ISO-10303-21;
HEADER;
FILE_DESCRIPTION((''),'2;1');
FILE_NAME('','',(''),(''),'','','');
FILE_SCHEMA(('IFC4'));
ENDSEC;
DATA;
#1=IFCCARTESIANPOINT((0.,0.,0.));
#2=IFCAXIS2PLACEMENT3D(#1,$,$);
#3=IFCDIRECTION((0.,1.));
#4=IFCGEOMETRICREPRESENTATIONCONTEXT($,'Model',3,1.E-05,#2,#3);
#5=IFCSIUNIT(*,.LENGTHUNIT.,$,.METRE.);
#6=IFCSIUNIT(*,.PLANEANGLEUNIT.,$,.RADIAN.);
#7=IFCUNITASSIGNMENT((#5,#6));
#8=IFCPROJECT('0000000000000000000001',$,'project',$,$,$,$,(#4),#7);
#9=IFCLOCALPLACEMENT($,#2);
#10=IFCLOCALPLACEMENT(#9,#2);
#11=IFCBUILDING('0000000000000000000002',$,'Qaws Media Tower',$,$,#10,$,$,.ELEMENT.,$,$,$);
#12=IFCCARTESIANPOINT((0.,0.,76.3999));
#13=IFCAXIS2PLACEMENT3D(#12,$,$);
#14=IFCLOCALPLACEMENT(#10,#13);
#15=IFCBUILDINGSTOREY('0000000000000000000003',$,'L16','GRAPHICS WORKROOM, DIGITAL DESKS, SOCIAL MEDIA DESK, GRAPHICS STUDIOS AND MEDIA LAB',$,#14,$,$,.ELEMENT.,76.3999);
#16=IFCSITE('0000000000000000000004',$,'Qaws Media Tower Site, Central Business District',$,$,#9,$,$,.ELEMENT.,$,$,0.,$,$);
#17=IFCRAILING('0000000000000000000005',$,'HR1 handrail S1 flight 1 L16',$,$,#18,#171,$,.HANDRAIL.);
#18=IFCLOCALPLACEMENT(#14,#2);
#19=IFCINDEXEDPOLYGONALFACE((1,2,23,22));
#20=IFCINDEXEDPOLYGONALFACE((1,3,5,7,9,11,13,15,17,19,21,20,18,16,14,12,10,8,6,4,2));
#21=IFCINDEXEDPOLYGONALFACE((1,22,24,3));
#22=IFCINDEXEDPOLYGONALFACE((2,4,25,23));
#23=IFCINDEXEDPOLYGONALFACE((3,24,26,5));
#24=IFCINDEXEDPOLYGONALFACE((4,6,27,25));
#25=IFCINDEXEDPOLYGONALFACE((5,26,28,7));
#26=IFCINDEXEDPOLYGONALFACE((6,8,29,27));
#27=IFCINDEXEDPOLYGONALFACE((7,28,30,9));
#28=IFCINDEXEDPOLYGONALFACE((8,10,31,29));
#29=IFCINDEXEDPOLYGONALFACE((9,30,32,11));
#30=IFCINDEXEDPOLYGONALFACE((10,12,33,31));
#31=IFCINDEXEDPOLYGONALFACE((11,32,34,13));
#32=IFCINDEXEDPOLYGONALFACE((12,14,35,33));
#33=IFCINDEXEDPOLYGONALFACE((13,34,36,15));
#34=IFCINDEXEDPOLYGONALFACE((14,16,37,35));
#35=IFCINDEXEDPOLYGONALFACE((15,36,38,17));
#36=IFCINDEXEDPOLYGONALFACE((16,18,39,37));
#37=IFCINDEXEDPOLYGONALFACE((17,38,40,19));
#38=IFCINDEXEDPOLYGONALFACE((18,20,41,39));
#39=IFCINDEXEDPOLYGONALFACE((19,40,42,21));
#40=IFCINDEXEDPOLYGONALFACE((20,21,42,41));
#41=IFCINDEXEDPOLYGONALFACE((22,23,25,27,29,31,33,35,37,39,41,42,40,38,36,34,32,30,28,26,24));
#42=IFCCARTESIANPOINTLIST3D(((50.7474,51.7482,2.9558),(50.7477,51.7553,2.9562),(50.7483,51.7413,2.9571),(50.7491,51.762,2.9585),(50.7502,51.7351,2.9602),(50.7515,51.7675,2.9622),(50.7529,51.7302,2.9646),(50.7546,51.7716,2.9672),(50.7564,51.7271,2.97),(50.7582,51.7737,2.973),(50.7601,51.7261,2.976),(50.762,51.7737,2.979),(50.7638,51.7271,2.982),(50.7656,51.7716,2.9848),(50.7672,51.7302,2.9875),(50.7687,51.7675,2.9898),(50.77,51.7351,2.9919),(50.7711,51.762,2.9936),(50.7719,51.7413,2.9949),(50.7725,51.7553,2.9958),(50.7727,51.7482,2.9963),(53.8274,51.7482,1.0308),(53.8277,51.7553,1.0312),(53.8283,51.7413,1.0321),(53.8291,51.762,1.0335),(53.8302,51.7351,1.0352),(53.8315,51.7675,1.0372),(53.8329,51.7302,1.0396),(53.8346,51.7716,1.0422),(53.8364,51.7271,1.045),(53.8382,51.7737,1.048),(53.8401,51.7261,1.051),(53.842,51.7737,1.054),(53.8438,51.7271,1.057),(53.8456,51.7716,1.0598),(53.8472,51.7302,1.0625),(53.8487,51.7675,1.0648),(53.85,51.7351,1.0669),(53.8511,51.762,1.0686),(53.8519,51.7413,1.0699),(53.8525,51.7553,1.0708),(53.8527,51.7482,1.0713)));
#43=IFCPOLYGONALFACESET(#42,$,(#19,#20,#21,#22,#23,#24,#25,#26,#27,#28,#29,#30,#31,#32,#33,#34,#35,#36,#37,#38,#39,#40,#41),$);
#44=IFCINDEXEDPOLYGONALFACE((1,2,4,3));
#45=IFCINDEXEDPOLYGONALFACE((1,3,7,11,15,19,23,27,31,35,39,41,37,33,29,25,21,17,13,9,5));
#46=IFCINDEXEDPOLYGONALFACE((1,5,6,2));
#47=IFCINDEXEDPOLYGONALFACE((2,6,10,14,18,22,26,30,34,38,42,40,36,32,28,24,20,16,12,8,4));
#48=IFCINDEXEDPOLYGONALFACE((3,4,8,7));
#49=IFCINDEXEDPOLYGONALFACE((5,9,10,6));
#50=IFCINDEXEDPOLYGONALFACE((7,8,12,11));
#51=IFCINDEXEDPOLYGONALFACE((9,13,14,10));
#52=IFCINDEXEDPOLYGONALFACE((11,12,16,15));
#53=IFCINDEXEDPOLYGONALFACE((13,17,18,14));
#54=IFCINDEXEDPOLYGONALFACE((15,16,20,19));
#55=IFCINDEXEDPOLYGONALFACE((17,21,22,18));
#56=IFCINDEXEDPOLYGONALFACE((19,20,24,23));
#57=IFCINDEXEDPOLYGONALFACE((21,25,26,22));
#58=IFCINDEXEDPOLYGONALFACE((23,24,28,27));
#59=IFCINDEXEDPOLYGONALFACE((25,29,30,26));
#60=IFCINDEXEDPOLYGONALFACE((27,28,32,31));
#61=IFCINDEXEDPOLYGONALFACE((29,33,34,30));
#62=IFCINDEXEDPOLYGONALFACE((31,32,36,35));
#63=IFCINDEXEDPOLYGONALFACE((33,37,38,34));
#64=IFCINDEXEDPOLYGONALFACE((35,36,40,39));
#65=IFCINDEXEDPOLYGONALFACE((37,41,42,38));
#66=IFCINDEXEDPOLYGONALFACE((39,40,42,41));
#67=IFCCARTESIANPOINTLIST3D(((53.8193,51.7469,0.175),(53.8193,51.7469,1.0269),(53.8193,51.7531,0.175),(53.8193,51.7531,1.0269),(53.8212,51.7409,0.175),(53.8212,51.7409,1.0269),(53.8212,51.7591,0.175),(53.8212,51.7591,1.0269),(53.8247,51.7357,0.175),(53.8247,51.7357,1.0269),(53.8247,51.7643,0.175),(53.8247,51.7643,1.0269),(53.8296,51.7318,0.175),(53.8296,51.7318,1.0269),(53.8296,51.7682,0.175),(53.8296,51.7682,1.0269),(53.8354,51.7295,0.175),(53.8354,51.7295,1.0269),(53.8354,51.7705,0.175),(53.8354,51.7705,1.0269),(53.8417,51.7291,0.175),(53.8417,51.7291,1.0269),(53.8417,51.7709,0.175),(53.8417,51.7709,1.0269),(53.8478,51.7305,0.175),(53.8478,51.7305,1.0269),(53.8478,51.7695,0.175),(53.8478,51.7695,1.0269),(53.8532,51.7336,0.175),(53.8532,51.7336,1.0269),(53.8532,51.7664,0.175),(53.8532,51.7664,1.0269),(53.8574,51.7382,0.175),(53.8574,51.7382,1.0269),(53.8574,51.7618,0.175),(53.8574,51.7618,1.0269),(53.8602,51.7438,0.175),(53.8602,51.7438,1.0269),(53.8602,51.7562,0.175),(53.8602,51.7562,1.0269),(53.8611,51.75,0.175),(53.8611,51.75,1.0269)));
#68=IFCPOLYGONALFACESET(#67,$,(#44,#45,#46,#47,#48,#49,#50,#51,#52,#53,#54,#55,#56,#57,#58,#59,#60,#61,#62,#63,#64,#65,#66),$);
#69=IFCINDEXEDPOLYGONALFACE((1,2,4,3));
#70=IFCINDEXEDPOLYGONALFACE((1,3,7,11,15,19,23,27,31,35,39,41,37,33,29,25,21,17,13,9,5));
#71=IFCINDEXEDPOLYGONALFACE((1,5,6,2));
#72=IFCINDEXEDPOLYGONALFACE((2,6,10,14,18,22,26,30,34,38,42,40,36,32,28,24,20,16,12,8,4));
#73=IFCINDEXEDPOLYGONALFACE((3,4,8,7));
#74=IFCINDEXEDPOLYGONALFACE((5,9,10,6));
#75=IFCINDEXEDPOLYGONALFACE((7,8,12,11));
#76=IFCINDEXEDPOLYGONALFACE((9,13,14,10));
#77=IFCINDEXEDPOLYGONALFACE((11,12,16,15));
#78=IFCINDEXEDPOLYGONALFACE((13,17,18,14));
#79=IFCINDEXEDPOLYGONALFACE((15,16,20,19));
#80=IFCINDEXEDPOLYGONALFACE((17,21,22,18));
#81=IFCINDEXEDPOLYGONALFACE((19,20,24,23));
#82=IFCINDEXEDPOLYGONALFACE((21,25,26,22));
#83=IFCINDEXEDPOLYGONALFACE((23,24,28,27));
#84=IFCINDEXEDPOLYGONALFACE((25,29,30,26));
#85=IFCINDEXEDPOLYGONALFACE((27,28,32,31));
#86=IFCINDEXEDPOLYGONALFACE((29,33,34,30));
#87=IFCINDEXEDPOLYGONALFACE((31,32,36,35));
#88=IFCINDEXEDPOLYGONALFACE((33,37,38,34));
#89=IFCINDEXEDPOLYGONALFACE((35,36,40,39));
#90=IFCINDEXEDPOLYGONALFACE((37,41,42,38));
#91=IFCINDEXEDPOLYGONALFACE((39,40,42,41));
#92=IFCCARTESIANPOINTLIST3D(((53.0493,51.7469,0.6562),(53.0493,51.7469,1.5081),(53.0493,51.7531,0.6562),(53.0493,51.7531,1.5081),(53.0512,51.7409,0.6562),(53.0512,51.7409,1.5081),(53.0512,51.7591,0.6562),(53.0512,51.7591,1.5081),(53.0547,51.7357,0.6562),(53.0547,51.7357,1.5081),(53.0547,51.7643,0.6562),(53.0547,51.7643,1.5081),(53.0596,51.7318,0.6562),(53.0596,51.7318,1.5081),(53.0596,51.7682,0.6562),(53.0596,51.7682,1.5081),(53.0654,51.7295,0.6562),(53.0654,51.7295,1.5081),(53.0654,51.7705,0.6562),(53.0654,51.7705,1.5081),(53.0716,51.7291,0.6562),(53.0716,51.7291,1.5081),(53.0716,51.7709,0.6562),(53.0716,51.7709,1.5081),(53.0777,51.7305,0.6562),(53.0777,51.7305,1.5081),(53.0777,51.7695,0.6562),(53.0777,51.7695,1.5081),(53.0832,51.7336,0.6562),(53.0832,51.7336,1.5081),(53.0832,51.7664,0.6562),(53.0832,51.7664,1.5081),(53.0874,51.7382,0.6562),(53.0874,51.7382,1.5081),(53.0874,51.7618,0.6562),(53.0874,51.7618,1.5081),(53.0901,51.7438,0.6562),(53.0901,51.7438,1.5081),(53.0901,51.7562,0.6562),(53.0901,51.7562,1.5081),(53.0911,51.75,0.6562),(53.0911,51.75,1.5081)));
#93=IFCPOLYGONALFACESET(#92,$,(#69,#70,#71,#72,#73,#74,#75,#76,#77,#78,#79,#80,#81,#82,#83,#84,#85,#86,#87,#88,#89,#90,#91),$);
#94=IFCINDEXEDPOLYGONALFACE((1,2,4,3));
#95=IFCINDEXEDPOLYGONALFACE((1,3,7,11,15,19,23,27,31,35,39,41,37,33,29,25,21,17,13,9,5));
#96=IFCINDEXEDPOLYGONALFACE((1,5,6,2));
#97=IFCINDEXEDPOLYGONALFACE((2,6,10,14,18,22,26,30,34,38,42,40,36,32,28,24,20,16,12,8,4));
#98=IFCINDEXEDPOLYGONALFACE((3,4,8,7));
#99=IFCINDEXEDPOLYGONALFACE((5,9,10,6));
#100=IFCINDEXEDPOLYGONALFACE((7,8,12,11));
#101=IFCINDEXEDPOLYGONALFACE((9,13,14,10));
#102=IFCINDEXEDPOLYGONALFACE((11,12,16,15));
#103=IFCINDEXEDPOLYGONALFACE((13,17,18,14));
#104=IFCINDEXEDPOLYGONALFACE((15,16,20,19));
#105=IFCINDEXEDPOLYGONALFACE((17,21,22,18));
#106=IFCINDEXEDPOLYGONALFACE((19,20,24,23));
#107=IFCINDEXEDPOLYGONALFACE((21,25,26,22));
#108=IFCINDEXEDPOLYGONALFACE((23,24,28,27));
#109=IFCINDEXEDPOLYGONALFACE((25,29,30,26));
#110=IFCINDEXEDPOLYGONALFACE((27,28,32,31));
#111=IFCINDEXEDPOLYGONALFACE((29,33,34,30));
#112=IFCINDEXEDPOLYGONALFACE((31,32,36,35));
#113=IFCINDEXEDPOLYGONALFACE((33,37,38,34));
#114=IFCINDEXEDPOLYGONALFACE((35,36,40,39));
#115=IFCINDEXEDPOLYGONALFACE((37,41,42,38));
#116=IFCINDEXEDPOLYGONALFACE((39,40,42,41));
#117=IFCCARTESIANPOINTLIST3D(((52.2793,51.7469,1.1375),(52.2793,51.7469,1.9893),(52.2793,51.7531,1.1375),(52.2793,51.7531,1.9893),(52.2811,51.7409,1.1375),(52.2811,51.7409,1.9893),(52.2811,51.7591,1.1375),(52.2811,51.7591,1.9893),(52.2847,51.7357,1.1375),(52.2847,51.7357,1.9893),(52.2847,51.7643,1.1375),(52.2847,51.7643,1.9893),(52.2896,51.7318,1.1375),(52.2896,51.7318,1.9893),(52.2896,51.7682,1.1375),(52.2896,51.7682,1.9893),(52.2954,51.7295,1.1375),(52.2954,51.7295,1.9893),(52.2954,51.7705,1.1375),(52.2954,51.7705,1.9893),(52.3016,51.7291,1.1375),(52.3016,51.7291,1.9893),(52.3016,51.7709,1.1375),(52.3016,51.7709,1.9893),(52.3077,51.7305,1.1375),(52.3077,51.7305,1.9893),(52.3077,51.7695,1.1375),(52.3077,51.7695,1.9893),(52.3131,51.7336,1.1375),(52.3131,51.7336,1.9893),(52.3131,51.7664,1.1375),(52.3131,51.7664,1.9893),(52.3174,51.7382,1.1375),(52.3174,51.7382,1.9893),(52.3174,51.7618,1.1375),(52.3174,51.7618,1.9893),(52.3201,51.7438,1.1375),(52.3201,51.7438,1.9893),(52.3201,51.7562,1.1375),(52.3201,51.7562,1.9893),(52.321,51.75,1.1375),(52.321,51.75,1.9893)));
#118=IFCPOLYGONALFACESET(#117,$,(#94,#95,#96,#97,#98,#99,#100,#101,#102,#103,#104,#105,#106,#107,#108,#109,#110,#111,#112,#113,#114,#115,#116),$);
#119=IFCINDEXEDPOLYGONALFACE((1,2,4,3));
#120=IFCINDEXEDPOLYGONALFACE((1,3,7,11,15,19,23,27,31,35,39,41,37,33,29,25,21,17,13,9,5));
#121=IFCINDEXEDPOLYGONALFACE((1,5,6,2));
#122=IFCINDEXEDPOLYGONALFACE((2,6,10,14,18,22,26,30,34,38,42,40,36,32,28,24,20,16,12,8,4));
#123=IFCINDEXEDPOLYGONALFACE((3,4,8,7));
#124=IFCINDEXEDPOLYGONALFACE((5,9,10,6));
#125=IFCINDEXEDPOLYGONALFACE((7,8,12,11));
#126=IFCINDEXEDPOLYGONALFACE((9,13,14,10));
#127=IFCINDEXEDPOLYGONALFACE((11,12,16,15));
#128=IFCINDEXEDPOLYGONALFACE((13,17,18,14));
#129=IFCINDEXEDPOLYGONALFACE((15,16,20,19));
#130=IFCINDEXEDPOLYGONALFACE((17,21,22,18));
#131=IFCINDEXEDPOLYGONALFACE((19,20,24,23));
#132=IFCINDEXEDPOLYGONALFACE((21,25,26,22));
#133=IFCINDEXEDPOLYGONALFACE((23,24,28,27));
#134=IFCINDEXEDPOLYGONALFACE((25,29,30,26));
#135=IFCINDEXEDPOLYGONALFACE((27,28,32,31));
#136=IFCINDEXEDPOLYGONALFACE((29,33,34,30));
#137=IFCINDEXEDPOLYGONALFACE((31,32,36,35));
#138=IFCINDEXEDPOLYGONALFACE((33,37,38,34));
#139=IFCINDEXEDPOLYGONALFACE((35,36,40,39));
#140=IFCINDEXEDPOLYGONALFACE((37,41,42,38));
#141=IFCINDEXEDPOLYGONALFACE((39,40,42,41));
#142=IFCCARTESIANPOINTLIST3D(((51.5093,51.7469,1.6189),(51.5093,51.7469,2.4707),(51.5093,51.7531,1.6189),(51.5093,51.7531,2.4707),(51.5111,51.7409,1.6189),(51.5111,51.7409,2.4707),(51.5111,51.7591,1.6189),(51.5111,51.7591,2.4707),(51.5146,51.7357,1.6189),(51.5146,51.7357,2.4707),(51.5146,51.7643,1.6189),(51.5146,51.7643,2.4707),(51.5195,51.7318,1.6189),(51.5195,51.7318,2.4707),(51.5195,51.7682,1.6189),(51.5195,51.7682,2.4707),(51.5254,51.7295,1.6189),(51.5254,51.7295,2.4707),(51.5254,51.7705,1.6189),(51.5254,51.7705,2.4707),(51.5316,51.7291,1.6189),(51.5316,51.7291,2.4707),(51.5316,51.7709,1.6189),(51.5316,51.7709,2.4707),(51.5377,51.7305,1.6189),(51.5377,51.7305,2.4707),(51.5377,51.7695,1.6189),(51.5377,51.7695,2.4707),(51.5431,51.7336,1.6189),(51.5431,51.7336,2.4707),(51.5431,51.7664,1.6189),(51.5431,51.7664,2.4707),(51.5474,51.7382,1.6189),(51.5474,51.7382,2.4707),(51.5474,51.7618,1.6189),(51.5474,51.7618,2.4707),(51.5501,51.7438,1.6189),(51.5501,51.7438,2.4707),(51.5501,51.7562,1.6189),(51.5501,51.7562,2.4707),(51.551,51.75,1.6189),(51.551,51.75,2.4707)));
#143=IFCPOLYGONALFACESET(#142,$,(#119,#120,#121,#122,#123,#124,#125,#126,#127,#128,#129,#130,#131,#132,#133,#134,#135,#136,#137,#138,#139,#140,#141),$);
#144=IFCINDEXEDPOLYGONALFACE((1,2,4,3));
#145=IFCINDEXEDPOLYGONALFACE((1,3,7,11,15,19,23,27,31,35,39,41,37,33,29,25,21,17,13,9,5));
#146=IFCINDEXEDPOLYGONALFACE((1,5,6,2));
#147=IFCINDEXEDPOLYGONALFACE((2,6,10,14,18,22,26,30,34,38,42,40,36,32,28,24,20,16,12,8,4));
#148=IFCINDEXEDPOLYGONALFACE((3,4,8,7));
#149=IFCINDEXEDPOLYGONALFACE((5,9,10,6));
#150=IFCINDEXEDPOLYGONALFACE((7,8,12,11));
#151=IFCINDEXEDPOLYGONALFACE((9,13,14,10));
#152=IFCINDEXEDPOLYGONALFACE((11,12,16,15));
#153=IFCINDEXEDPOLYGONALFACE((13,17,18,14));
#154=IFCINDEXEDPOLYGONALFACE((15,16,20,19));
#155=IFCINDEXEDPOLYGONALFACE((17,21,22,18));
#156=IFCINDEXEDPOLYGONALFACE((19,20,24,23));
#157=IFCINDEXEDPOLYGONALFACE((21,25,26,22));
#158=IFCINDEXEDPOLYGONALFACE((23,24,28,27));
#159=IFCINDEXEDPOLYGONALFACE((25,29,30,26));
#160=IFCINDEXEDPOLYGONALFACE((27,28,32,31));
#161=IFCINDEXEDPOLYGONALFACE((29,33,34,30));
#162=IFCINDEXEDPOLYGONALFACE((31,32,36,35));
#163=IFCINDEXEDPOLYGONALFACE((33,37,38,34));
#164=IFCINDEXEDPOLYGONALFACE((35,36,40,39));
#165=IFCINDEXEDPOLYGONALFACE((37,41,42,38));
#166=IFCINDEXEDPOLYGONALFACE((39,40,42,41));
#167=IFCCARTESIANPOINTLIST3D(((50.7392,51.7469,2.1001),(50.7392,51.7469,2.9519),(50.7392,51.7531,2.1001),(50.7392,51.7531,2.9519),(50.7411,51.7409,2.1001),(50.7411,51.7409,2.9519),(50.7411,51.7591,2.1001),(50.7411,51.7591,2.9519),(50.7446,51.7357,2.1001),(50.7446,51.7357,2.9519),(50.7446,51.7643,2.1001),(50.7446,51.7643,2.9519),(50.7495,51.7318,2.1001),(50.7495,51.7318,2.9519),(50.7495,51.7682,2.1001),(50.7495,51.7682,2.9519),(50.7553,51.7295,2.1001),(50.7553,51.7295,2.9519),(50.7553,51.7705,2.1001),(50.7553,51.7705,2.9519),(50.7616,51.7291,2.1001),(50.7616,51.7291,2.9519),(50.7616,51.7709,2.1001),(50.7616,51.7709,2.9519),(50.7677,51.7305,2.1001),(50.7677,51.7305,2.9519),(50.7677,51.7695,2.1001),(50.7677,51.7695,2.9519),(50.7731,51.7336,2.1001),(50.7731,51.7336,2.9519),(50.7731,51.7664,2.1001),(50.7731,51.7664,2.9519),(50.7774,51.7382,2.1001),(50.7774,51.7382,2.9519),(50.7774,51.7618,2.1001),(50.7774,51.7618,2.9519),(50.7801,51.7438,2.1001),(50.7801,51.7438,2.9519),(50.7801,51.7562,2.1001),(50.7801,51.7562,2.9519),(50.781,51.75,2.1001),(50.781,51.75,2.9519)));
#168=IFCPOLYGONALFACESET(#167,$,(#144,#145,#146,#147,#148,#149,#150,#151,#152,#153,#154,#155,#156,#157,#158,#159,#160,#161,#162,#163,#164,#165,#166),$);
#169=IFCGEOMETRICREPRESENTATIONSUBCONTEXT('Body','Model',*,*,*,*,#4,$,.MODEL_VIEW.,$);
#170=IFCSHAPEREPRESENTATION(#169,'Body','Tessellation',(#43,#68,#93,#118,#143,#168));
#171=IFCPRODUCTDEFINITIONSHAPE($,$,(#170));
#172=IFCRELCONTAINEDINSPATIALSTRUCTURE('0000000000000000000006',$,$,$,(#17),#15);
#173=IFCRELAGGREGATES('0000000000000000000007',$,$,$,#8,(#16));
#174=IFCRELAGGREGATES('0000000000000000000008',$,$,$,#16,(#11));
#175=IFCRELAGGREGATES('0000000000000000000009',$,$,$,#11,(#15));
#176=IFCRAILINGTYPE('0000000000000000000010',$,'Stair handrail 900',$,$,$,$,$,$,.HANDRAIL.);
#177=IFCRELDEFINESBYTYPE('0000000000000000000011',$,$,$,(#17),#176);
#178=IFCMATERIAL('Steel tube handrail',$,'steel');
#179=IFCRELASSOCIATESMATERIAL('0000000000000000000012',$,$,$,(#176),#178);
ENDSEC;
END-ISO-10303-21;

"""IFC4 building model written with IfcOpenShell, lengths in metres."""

from ifc_helpers import new_model, si_unit, direction, frame, origin, origin_2d, place, context, subcontext, project, spatial, circle, extrude, material, type_object, element, save


model = new_model("IFC4")

# Units and contexts
model_context = context("Model", 3, precision=1e-05, world=origin(), true_north=direction((0.0, 1.0)))
body_context = subcontext(model_context, "Body", "Model", "MODEL_VIEW")
ifc_project = project(units=[si_unit("LENGTHUNIT", "METRE"), si_unit("PLANEANGLEUNIT", "RADIAN")], contexts=[model_context])

# Site, building, storey
site_placement = place(None, origin())
site = spatial("IfcSite", under=ifc_project, at=site_placement, Name="Qaws Media Tower Site, Central Business District", CompositionType="ELEMENT", RefElevation=0.0)
building_placement = place(site_placement, origin())
building = spatial("IfcBuilding", under=site, at=building_placement, Name="Qaws Media Tower", CompositionType="ELEMENT")
storey_placement = place(building_placement, frame((0.0, 0.0, 76.3999)))
storey = spatial("IfcBuildingStorey", under=building, at=storey_placement, Name="L16", Description="GRAPHICS WORKROOM, DIGITAL DESKS, SOCIAL MEDIA DESK, GRAPHICS STUDIOS AND MEDIA LAB", CompositionType="ELEMENT", Elevation=76.3999)

# Railing
ifc_material_1 = material(Name="Steel tube handrail", Category="steel")
railing_type = type_object("IfcRailingType", Name="Stair handrail 900", PredefinedType="HANDRAIL", material=ifc_material_1)
for number, where, name in (
    (1, (53.8401, 51.75, 0.175), "HR1 handrail S1 flight 1 L16"),
):
    element("IfcRailing", number, at=place(storey_placement, frame(where)), inside=storey, type_object=railing_type, Name=name, PredefinedType="HANDRAIL", context=body_context, shape_type="SweptSolid", body=[
        extrude(circle(Radius=0.0239, at=origin_2d()), frame((0.0, 0.0, 0.876), z_axis=(-0.847998, 0.0, 0.529999), x_axis=(0.0, -1.0, 0.0)), (0.0, 0.0, 1.0), 3.6321),
        extrude(circle(Radius=0.021, at=origin_2d()), origin(), (0.0, 0.0, 1.0), 0.8518),
        extrude(circle(Radius=0.021, at=origin_2d()), frame((-0.77, 0.0, 0.4812)), (0.0, 0.0, 1.0), 0.8518),
        extrude(circle(Radius=0.021, at=origin_2d()), frame((-1.54, 0.0, 0.9624)), (0.0, 0.0, 1.0), 0.8518),
        extrude(circle(Radius=0.021, at=origin_2d()), frame((-2.3101, 0.0, 1.4438)), (0.0, 0.0, 1.0), 0.8518),
        extrude(circle(Radius=0.021, at=origin_2d()), frame((-3.0801, 0.0, 1.925)), (0.0, 0.0, 1.0), 0.8518),
    ])

save(model, "model.ifc")
